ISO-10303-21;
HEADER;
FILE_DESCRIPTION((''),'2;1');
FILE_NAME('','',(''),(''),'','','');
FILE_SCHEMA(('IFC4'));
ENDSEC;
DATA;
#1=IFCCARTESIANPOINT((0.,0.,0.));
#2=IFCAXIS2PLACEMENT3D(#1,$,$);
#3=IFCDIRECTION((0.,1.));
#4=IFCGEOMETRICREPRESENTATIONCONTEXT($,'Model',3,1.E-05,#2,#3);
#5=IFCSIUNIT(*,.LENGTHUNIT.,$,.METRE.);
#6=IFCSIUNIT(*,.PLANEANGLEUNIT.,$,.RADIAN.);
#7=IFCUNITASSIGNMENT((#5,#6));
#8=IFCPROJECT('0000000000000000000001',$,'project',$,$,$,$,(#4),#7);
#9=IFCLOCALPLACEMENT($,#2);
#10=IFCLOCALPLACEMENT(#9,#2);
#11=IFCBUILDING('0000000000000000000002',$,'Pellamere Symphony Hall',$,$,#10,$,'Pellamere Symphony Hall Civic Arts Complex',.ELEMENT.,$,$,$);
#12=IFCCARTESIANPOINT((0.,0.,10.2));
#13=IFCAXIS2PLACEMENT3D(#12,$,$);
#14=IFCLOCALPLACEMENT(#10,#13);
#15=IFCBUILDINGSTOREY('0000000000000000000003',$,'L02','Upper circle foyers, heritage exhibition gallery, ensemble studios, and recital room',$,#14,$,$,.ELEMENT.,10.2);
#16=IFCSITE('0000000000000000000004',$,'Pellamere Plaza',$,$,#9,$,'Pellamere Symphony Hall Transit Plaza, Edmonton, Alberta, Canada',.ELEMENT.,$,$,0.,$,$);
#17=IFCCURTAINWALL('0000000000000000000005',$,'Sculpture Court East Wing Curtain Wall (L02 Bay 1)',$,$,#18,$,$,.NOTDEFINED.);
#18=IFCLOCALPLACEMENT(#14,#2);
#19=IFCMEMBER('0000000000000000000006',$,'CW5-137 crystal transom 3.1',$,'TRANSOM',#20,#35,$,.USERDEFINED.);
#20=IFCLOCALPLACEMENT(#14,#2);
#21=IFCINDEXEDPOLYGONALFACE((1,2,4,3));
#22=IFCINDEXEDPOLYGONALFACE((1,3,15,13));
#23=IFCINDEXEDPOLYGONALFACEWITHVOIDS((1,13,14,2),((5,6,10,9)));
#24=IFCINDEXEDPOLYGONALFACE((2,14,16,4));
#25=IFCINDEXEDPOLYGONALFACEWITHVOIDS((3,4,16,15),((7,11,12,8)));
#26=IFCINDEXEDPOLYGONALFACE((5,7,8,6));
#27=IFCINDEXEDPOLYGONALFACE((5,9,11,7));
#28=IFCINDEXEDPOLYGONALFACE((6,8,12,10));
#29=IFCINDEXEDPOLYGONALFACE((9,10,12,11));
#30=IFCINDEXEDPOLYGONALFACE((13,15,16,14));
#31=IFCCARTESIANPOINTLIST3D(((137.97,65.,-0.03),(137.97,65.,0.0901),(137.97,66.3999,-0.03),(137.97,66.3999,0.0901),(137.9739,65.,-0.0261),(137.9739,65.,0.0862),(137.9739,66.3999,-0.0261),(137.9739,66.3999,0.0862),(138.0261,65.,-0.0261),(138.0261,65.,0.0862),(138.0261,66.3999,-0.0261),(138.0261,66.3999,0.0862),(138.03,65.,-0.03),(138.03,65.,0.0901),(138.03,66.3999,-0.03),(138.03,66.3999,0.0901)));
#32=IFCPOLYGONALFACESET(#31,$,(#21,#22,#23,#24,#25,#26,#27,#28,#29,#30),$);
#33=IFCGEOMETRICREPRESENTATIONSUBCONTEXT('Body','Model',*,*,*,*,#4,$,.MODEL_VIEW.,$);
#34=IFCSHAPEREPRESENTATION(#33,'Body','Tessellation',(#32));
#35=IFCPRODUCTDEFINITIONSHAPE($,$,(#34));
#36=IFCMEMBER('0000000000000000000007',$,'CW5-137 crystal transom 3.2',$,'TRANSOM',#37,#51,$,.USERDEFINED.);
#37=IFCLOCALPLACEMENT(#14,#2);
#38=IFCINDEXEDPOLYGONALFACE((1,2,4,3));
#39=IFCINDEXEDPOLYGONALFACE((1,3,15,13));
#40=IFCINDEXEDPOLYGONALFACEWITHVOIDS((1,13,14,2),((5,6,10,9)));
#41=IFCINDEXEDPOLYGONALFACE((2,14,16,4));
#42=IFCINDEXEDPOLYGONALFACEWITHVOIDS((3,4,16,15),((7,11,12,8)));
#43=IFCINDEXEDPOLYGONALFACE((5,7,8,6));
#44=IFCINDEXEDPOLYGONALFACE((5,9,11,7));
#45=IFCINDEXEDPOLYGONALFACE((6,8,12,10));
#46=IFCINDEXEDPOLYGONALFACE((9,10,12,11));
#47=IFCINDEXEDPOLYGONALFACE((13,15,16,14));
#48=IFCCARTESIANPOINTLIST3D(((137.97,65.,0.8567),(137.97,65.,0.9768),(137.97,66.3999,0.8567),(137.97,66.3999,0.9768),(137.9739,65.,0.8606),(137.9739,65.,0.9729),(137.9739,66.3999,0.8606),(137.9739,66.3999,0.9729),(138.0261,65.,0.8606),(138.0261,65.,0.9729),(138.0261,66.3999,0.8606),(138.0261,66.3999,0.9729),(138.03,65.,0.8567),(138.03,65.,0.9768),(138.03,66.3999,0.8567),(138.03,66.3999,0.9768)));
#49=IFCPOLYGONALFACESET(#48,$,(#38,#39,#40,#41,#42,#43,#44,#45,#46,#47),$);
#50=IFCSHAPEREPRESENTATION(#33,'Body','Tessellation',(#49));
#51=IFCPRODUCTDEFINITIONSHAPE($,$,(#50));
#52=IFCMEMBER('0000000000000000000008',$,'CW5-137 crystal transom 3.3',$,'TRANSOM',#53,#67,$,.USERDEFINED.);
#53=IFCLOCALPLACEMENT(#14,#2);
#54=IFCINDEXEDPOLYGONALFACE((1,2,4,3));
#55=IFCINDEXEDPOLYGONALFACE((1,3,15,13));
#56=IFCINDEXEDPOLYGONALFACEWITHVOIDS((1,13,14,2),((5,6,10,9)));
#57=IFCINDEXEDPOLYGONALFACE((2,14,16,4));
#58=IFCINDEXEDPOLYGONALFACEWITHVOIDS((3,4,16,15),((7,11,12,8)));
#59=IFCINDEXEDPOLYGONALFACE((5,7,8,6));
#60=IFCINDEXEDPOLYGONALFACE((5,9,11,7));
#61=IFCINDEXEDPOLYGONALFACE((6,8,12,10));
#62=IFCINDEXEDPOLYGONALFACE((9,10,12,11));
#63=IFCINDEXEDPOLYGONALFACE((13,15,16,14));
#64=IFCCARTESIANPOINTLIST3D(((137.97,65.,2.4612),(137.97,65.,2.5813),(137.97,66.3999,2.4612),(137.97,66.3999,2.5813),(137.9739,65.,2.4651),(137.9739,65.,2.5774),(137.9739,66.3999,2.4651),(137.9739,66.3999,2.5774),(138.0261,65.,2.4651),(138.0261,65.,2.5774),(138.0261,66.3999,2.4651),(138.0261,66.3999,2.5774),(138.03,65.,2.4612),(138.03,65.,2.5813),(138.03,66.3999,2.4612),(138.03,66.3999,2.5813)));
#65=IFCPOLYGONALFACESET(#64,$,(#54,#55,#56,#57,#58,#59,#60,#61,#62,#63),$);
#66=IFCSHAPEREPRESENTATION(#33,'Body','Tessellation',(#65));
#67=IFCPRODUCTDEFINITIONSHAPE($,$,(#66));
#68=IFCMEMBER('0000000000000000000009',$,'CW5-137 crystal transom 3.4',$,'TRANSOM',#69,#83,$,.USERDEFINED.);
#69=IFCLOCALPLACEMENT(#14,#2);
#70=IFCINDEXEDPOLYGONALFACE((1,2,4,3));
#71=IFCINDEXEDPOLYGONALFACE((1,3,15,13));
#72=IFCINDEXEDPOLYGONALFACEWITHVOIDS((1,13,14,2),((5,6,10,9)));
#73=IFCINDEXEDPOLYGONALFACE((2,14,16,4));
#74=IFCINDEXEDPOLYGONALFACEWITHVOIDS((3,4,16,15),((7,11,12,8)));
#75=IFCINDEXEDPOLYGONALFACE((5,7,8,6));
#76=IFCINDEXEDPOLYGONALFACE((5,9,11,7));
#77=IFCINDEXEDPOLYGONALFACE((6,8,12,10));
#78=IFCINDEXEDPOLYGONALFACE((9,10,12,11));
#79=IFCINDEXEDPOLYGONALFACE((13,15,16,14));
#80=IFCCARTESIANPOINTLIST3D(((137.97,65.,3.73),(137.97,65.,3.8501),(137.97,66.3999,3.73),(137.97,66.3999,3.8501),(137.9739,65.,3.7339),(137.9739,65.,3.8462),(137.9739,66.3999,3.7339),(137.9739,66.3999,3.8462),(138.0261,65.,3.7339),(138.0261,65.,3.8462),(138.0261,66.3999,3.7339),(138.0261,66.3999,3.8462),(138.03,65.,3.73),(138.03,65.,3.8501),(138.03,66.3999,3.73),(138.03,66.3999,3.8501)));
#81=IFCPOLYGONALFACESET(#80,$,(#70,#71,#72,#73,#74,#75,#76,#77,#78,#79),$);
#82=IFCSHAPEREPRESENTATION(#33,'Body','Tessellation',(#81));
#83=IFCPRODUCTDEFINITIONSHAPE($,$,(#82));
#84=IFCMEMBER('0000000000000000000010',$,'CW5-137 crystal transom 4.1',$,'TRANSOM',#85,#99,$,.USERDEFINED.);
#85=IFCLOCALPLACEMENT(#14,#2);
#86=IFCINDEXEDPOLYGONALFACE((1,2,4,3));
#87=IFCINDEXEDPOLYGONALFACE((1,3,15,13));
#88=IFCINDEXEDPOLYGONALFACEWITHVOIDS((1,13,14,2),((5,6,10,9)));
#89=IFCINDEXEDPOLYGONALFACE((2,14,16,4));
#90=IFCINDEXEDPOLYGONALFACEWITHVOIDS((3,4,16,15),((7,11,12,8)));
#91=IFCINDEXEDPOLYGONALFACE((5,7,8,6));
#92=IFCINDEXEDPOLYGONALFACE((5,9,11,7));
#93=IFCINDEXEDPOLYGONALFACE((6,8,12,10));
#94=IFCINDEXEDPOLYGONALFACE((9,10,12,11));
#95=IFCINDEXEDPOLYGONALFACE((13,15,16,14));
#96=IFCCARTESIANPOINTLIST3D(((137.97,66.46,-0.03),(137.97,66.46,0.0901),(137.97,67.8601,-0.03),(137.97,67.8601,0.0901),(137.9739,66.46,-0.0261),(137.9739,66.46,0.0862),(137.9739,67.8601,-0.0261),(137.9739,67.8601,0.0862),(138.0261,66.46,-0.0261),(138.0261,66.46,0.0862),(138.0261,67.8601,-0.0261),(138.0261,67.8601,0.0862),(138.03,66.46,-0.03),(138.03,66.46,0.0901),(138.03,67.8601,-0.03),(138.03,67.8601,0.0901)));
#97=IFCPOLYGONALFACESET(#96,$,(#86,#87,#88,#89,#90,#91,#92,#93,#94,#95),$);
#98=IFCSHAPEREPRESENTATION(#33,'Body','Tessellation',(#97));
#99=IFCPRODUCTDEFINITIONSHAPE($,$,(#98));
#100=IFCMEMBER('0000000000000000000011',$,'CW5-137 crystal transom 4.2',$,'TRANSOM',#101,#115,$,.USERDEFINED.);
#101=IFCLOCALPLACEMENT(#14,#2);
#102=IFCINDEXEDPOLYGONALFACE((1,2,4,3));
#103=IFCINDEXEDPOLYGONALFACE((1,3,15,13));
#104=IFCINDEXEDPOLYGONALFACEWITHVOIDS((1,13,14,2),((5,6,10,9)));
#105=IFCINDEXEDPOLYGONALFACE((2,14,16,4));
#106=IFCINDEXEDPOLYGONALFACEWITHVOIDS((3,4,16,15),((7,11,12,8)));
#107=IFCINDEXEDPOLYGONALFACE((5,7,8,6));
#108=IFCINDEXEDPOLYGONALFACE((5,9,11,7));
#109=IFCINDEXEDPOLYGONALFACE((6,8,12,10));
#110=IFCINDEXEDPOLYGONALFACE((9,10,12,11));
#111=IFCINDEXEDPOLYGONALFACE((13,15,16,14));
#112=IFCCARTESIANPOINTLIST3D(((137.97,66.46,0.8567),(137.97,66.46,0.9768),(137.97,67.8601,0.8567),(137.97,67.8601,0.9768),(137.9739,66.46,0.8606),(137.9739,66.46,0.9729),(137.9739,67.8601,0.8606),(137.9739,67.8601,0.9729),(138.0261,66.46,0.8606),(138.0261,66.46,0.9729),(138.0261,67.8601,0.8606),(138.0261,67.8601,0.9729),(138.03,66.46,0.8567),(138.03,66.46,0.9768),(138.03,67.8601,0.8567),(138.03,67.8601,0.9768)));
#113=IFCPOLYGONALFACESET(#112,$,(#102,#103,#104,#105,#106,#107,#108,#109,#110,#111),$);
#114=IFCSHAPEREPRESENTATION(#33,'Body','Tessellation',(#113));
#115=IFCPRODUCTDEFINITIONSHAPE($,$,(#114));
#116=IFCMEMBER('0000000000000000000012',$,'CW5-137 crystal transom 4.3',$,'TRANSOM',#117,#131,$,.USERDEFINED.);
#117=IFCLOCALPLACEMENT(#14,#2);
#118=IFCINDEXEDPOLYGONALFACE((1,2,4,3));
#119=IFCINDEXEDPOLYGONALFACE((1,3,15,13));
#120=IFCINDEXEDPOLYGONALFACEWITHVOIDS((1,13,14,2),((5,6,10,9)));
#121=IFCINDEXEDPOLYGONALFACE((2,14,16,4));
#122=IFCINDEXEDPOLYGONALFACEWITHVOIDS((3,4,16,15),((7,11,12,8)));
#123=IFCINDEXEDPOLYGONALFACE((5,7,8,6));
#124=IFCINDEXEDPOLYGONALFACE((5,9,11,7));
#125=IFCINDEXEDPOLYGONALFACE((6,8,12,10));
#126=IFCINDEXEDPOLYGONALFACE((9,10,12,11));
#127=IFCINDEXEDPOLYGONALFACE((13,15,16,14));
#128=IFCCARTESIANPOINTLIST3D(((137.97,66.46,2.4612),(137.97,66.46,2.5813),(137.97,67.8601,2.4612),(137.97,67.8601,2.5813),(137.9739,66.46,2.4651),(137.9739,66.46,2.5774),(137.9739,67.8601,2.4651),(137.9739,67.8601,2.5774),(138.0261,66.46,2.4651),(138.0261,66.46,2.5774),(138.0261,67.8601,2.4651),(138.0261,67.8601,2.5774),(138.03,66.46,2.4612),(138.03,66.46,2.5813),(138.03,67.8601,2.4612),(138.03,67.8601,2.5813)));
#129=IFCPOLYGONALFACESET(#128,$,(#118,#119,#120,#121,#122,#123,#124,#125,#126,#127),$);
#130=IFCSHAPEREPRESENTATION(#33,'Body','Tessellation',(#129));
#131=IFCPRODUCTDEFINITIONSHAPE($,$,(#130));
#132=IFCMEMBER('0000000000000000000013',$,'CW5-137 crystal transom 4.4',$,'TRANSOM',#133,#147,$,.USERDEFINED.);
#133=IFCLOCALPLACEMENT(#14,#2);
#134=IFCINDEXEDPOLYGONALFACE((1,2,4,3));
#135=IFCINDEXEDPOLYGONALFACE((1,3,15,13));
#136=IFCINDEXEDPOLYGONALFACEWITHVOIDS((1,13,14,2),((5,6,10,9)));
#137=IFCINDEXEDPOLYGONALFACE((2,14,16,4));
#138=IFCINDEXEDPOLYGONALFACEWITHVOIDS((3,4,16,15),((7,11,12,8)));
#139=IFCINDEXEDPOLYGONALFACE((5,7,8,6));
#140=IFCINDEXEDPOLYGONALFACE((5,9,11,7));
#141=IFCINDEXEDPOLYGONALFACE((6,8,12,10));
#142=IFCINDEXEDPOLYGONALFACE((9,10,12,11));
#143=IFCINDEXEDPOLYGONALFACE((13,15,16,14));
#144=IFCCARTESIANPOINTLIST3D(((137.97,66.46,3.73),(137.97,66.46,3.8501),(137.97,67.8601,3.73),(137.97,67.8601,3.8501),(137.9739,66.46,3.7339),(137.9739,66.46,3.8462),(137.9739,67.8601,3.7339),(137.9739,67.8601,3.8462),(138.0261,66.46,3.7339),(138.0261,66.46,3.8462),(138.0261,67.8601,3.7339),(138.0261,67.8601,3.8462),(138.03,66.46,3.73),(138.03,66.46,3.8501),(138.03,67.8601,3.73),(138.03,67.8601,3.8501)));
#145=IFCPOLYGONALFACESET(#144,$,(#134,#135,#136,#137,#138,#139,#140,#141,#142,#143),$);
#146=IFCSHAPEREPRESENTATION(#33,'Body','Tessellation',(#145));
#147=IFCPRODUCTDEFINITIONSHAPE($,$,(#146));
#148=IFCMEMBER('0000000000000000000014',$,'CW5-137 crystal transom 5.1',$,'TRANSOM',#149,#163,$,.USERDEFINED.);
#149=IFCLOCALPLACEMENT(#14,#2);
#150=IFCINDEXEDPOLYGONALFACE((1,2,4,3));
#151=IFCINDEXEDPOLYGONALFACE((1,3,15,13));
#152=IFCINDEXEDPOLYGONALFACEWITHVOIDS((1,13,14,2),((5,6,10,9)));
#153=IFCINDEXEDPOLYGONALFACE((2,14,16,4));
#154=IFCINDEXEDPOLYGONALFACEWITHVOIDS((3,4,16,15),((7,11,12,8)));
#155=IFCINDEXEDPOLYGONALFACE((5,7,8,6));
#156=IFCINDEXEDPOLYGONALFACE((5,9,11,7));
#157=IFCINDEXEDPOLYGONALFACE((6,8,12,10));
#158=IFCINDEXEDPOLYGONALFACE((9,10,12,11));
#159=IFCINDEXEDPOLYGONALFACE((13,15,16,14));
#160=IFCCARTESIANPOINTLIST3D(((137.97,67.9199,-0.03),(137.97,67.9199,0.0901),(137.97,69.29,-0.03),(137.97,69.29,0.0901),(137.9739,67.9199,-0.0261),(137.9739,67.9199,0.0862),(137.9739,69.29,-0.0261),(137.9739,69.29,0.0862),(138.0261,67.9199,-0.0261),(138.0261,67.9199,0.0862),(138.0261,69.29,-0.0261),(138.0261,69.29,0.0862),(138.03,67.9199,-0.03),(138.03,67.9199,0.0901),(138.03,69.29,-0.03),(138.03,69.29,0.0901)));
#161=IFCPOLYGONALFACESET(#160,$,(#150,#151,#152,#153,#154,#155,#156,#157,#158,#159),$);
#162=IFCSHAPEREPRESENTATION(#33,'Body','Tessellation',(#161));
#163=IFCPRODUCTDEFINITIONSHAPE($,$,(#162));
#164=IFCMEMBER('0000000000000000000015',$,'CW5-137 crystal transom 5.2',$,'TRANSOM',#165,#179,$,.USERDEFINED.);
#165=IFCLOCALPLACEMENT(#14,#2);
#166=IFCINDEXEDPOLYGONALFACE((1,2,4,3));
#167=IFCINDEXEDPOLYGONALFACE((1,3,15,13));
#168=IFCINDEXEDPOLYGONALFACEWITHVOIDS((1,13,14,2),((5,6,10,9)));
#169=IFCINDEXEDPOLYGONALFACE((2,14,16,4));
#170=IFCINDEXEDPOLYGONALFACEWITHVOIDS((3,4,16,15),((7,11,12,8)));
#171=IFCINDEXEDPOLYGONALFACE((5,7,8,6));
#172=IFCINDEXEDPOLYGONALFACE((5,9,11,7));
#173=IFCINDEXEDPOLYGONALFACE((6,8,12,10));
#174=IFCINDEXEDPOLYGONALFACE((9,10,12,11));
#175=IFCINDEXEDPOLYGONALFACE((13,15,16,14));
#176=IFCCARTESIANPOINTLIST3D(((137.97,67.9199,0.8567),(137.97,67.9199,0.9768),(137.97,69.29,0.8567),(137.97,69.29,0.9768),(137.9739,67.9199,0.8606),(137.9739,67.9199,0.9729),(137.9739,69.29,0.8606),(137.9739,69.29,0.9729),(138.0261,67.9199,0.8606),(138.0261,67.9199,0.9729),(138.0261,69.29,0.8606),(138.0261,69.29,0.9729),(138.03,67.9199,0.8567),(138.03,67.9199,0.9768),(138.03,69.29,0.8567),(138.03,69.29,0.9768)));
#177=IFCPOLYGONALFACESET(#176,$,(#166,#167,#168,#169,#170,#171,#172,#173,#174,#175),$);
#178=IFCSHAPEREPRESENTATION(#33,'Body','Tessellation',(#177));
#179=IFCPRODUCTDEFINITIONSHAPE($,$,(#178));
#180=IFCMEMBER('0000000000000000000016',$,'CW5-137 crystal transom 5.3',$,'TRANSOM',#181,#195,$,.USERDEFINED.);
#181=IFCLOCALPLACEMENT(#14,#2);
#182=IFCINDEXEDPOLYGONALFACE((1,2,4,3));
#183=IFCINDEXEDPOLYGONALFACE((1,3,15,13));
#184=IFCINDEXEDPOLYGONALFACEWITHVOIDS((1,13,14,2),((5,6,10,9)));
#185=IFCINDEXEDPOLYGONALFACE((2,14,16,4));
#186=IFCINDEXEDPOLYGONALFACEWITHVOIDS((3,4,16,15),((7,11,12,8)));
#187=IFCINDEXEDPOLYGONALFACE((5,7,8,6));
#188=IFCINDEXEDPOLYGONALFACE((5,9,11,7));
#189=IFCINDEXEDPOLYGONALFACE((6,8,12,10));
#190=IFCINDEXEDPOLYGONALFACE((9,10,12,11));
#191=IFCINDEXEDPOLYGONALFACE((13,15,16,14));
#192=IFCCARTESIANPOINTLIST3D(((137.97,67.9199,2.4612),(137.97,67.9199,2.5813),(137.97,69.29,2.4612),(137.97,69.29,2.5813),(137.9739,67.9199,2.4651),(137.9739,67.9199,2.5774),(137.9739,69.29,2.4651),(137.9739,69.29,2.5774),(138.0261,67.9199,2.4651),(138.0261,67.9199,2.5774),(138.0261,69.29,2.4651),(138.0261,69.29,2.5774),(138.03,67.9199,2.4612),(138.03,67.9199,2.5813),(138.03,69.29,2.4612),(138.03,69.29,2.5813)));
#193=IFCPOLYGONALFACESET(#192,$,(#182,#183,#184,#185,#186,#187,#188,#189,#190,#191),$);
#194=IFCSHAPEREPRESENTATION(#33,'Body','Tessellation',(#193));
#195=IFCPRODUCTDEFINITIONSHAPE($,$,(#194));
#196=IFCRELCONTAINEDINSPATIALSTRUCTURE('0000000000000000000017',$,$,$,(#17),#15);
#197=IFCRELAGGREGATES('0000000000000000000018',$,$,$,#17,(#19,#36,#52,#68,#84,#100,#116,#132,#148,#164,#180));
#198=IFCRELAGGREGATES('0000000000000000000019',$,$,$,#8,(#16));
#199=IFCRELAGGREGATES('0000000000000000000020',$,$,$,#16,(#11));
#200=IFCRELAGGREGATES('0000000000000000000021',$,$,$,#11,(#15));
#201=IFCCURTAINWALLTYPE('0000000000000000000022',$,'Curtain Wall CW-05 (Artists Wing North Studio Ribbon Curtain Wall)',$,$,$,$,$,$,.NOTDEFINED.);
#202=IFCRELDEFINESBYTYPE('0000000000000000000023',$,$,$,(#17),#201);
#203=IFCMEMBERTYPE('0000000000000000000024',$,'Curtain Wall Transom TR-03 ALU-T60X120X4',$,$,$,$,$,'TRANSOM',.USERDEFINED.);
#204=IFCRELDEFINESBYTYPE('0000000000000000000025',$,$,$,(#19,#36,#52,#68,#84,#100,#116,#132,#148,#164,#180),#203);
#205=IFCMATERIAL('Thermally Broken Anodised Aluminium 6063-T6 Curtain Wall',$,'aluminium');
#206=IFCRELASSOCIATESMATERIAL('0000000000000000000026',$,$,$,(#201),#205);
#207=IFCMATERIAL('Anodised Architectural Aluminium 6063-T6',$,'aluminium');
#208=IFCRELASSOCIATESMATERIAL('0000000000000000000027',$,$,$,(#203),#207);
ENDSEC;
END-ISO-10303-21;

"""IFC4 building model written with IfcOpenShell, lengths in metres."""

from ifc_helpers import new_model, si_unit, direction, frame, origin, origin_2d, place, context, subcontext, project, spatial, hollow_rectangle, extrude, material, material_profile, profile_set, type_object, element, aggregate, save


model = new_model("IFC4")

# Units and contexts
model_context = context("Model", 3, precision=1e-05, world=origin(), true_north=direction((0.0, 1.0)))
body_context = subcontext(model_context, "Body", "Model", "MODEL_VIEW")
ifc_project = project(units=[si_unit("LENGTHUNIT", "METRE"), si_unit("PLANEANGLEUNIT", "RADIAN")], contexts=[model_context])

# Site, building, storey
site_placement = place(None, origin())
site = spatial("IfcSite", under=ifc_project, at=site_placement, Name="Pellamere Plaza", LongName="Pellamere Symphony Hall Transit Plaza, Edmonton, Alberta, Canada", CompositionType="ELEMENT", RefElevation=0.0)
building_placement = place(site_placement, origin())
building = spatial("IfcBuilding", under=site, at=building_placement, Name="Pellamere Symphony Hall", LongName="Pellamere Symphony Hall Civic Arts Complex", CompositionType="ELEMENT")
storey_placement = place(building_placement, frame((0.0, 0.0, 10.2)))
storey = spatial("IfcBuildingStorey", under=building, at=storey_placement, Name="L02", Description="Upper circle foyers, heritage exhibition gallery, ensemble studios, and recital room", CompositionType="ELEMENT", Elevation=10.2)

# Curtain wall
ifc_material_1 = material(Name="Thermally Broken Anodised Aluminium 6063-T6 Curtain Wall", Category="aluminium")
curtain_wall_type = type_object("IfcCurtainWallType", Name="Curtain Wall CW-05 (Artists Wing North Studio Ribbon Curtain Wall)", PredefinedType="NOTDEFINED", material=ifc_material_1)
curtain_wall_1_placement = place(storey_placement, origin())
curtain_wall_1 = element("IfcCurtainWall", 1, at=curtain_wall_1_placement, inside=storey, type_object=curtain_wall_type, Name="Sculpture Court East Wing Curtain Wall (L02 Bay 1)", PredefinedType="NOTDEFINED")
ifc_material_2 = material(Name="Anodised Architectural Aluminium 6063-T6", Category="aluminium")

# Members
ifc_material_profile_1 = material_profile(ifc_material_2, hollow_rectangle(XDim=0.0601, YDim=0.1201, WallThickness=0.0039, at=origin_2d()), Name="ALU-T60X120X4")
ifc_profile_set_1 = profile_set([ifc_material_profile_1], Name="Anodised Architectural Aluminium 6063-T6")
member_type_1 = type_object("IfcMemberType", Name="Curtain Wall Transom TR-03 ALU-T60X120X4", ElementType="TRANSOM", PredefinedType="USERDEFINED", material=ifc_profile_set_1)
member_1_placement = place(storey_placement, frame((138.0, 65.0, 0.03), z_axis=(0.0, 1.0, 0.0), x_axis=(-1.0, 0.0, 0.0)))
member_1 = element("IfcMember", 2, at=member_1_placement, type_object=member_type_1, Name="CW5-137 crystal transom 3.1", ObjectType="TRANSOM", PredefinedType="USERDEFINED", context=body_context, shape_type="SweptSolid", body=[
    extrude(hollow_rectangle(XDim=0.0601, YDim=0.1201, WallThickness=0.0039, at=origin_2d()), origin(), (0.0, 0.0, 1.0), 1.3999),
])
member_2_placement = place(storey_placement, frame((138.0, 65.0, 0.9167), z_axis=(0.0, 1.0, 0.0), x_axis=(-1.0, 0.0, 0.0)))
member_2 = element("IfcMember", 3, at=member_2_placement, type_object=member_type_1, Name="CW5-137 crystal transom 3.2", ObjectType="TRANSOM", PredefinedType="USERDEFINED", context=body_context, shape_type="SweptSolid", body=[
    extrude(hollow_rectangle(XDim=0.0601, YDim=0.1201, WallThickness=0.0039, at=origin_2d()), origin(), (0.0, 0.0, 1.0), 1.3999),
])
member_3_placement = place(storey_placement, frame((138.0, 65.0, 2.5212), z_axis=(0.0, 1.0, 0.0), x_axis=(-1.0, 0.0, 0.0)))
member_3 = element("IfcMember", 4, at=member_3_placement, type_object=member_type_1, Name="CW5-137 crystal transom 3.3", ObjectType="TRANSOM", PredefinedType="USERDEFINED", context=body_context, shape_type="SweptSolid", body=[
    extrude(hollow_rectangle(XDim=0.0601, YDim=0.1201, WallThickness=0.0039, at=origin_2d()), origin(), (0.0, 0.0, 1.0), 1.3999),
])
member_4_placement = place(storey_placement, frame((138.0, 65.0, 3.79), z_axis=(0.0, 1.0, 0.0), x_axis=(-1.0, 0.0, 0.0)))
member_4 = element("IfcMember", 5, at=member_4_placement, type_object=member_type_1, Name="CW5-137 crystal transom 3.4", ObjectType="TRANSOM", PredefinedType="USERDEFINED", context=body_context, shape_type="SweptSolid", body=[
    extrude(hollow_rectangle(XDim=0.0601, YDim=0.1201, WallThickness=0.0039, at=origin_2d()), origin(), (0.0, 0.0, 1.0), 1.3999),
])
member_5_placement = place(storey_placement, frame((138.0, 66.46, 0.03), z_axis=(0.0, 1.0, 0.0), x_axis=(-1.0, 0.0, 0.0)))
member_5 = element("IfcMember", 6, at=member_5_placement, type_object=member_type_1, Name="CW5-137 crystal transom 4.1", ObjectType="TRANSOM", PredefinedType="USERDEFINED", context=body_context, shape_type="SweptSolid", body=[
    extrude(hollow_rectangle(XDim=0.0601, YDim=0.1201, WallThickness=0.0039, at=origin_2d()), origin(), (0.0, 0.0, 1.0), 1.4001),
])
member_6_placement = place(storey_placement, frame((138.0, 66.46, 0.9167), z_axis=(0.0, 1.0, 0.0), x_axis=(-1.0, 0.0, 0.0)))
member_6 = element("IfcMember", 7, at=member_6_placement, type_object=member_type_1, Name="CW5-137 crystal transom 4.2", ObjectType="TRANSOM", PredefinedType="USERDEFINED", context=body_context, shape_type="SweptSolid", body=[
    extrude(hollow_rectangle(XDim=0.0601, YDim=0.1201, WallThickness=0.0039, at=origin_2d()), origin(), (0.0, 0.0, 1.0), 1.4001),
])
member_7_placement = place(storey_placement, frame((138.0, 66.46, 2.5212), z_axis=(0.0, 1.0, 0.0), x_axis=(-1.0, 0.0, 0.0)))
member_7 = element("IfcMember", 8, at=member_7_placement, type_object=member_type_1, Name="CW5-137 crystal transom 4.3", ObjectType="TRANSOM", PredefinedType="USERDEFINED", context=body_context, shape_type="SweptSolid", body=[
    extrude(hollow_rectangle(XDim=0.0601, YDim=0.1201, WallThickness=0.0039, at=origin_2d()), origin(), (0.0, 0.0, 1.0), 1.4001),
])
member_8_placement = place(storey_placement, frame((138.0, 66.46, 3.79), z_axis=(0.0, 1.0, 0.0), x_axis=(-1.0, 0.0, 0.0)))
member_8 = element("IfcMember", 9, at=member_8_placement, type_object=member_type_1, Name="CW5-137 crystal transom 4.4", ObjectType="TRANSOM", PredefinedType="USERDEFINED", context=body_context, shape_type="SweptSolid", body=[
    extrude(hollow_rectangle(XDim=0.0601, YDim=0.1201, WallThickness=0.0039, at=origin_2d()), origin(), (0.0, 0.0, 1.0), 1.4001),
])
member_9_placement = place(storey_placement, frame((138.0, 67.9199, 0.03), z_axis=(0.0, 1.0, 0.0), x_axis=(-1.0, 0.0, 0.0)))
member_9 = element("IfcMember", 10, at=member_9_placement, type_object=member_type_1, Name="CW5-137 crystal transom 5.1", ObjectType="TRANSOM", PredefinedType="USERDEFINED", context=body_context, shape_type="SweptSolid", body=[
    extrude(hollow_rectangle(XDim=0.0601, YDim=0.1201, WallThickness=0.0039, at=origin_2d()), origin(), (0.0, 0.0, 1.0), 1.3701),
])
member_10_placement = place(storey_placement, frame((138.0, 67.9199, 0.9167), z_axis=(0.0, 1.0, 0.0), x_axis=(-1.0, 0.0, 0.0)))
member_10 = element("IfcMember", 11, at=member_10_placement, type_object=member_type_1, Name="CW5-137 crystal transom 5.2", ObjectType="TRANSOM", PredefinedType="USERDEFINED", context=body_context, shape_type="SweptSolid", body=[
    extrude(hollow_rectangle(XDim=0.0601, YDim=0.1201, WallThickness=0.0039, at=origin_2d()), origin(), (0.0, 0.0, 1.0), 1.3701),
])
member_11_placement = place(storey_placement, frame((138.0, 67.9199, 2.5212), z_axis=(0.0, 1.0, 0.0), x_axis=(-1.0, 0.0, 0.0)))
member_11 = element("IfcMember", 12, at=member_11_placement, type_object=member_type_1, Name="CW5-137 crystal transom 5.3", ObjectType="TRANSOM", PredefinedType="USERDEFINED", context=body_context, shape_type="SweptSolid", body=[
    extrude(hollow_rectangle(XDim=0.0601, YDim=0.1201, WallThickness=0.0039, at=origin_2d()), origin(), (0.0, 0.0, 1.0), 1.3701),
])

aggregate(curtain_wall_1, [member_1, member_2, member_3, member_4, member_5, member_6, member_7, member_8, member_9, member_10, member_11])

save(model, "model.ifc")
